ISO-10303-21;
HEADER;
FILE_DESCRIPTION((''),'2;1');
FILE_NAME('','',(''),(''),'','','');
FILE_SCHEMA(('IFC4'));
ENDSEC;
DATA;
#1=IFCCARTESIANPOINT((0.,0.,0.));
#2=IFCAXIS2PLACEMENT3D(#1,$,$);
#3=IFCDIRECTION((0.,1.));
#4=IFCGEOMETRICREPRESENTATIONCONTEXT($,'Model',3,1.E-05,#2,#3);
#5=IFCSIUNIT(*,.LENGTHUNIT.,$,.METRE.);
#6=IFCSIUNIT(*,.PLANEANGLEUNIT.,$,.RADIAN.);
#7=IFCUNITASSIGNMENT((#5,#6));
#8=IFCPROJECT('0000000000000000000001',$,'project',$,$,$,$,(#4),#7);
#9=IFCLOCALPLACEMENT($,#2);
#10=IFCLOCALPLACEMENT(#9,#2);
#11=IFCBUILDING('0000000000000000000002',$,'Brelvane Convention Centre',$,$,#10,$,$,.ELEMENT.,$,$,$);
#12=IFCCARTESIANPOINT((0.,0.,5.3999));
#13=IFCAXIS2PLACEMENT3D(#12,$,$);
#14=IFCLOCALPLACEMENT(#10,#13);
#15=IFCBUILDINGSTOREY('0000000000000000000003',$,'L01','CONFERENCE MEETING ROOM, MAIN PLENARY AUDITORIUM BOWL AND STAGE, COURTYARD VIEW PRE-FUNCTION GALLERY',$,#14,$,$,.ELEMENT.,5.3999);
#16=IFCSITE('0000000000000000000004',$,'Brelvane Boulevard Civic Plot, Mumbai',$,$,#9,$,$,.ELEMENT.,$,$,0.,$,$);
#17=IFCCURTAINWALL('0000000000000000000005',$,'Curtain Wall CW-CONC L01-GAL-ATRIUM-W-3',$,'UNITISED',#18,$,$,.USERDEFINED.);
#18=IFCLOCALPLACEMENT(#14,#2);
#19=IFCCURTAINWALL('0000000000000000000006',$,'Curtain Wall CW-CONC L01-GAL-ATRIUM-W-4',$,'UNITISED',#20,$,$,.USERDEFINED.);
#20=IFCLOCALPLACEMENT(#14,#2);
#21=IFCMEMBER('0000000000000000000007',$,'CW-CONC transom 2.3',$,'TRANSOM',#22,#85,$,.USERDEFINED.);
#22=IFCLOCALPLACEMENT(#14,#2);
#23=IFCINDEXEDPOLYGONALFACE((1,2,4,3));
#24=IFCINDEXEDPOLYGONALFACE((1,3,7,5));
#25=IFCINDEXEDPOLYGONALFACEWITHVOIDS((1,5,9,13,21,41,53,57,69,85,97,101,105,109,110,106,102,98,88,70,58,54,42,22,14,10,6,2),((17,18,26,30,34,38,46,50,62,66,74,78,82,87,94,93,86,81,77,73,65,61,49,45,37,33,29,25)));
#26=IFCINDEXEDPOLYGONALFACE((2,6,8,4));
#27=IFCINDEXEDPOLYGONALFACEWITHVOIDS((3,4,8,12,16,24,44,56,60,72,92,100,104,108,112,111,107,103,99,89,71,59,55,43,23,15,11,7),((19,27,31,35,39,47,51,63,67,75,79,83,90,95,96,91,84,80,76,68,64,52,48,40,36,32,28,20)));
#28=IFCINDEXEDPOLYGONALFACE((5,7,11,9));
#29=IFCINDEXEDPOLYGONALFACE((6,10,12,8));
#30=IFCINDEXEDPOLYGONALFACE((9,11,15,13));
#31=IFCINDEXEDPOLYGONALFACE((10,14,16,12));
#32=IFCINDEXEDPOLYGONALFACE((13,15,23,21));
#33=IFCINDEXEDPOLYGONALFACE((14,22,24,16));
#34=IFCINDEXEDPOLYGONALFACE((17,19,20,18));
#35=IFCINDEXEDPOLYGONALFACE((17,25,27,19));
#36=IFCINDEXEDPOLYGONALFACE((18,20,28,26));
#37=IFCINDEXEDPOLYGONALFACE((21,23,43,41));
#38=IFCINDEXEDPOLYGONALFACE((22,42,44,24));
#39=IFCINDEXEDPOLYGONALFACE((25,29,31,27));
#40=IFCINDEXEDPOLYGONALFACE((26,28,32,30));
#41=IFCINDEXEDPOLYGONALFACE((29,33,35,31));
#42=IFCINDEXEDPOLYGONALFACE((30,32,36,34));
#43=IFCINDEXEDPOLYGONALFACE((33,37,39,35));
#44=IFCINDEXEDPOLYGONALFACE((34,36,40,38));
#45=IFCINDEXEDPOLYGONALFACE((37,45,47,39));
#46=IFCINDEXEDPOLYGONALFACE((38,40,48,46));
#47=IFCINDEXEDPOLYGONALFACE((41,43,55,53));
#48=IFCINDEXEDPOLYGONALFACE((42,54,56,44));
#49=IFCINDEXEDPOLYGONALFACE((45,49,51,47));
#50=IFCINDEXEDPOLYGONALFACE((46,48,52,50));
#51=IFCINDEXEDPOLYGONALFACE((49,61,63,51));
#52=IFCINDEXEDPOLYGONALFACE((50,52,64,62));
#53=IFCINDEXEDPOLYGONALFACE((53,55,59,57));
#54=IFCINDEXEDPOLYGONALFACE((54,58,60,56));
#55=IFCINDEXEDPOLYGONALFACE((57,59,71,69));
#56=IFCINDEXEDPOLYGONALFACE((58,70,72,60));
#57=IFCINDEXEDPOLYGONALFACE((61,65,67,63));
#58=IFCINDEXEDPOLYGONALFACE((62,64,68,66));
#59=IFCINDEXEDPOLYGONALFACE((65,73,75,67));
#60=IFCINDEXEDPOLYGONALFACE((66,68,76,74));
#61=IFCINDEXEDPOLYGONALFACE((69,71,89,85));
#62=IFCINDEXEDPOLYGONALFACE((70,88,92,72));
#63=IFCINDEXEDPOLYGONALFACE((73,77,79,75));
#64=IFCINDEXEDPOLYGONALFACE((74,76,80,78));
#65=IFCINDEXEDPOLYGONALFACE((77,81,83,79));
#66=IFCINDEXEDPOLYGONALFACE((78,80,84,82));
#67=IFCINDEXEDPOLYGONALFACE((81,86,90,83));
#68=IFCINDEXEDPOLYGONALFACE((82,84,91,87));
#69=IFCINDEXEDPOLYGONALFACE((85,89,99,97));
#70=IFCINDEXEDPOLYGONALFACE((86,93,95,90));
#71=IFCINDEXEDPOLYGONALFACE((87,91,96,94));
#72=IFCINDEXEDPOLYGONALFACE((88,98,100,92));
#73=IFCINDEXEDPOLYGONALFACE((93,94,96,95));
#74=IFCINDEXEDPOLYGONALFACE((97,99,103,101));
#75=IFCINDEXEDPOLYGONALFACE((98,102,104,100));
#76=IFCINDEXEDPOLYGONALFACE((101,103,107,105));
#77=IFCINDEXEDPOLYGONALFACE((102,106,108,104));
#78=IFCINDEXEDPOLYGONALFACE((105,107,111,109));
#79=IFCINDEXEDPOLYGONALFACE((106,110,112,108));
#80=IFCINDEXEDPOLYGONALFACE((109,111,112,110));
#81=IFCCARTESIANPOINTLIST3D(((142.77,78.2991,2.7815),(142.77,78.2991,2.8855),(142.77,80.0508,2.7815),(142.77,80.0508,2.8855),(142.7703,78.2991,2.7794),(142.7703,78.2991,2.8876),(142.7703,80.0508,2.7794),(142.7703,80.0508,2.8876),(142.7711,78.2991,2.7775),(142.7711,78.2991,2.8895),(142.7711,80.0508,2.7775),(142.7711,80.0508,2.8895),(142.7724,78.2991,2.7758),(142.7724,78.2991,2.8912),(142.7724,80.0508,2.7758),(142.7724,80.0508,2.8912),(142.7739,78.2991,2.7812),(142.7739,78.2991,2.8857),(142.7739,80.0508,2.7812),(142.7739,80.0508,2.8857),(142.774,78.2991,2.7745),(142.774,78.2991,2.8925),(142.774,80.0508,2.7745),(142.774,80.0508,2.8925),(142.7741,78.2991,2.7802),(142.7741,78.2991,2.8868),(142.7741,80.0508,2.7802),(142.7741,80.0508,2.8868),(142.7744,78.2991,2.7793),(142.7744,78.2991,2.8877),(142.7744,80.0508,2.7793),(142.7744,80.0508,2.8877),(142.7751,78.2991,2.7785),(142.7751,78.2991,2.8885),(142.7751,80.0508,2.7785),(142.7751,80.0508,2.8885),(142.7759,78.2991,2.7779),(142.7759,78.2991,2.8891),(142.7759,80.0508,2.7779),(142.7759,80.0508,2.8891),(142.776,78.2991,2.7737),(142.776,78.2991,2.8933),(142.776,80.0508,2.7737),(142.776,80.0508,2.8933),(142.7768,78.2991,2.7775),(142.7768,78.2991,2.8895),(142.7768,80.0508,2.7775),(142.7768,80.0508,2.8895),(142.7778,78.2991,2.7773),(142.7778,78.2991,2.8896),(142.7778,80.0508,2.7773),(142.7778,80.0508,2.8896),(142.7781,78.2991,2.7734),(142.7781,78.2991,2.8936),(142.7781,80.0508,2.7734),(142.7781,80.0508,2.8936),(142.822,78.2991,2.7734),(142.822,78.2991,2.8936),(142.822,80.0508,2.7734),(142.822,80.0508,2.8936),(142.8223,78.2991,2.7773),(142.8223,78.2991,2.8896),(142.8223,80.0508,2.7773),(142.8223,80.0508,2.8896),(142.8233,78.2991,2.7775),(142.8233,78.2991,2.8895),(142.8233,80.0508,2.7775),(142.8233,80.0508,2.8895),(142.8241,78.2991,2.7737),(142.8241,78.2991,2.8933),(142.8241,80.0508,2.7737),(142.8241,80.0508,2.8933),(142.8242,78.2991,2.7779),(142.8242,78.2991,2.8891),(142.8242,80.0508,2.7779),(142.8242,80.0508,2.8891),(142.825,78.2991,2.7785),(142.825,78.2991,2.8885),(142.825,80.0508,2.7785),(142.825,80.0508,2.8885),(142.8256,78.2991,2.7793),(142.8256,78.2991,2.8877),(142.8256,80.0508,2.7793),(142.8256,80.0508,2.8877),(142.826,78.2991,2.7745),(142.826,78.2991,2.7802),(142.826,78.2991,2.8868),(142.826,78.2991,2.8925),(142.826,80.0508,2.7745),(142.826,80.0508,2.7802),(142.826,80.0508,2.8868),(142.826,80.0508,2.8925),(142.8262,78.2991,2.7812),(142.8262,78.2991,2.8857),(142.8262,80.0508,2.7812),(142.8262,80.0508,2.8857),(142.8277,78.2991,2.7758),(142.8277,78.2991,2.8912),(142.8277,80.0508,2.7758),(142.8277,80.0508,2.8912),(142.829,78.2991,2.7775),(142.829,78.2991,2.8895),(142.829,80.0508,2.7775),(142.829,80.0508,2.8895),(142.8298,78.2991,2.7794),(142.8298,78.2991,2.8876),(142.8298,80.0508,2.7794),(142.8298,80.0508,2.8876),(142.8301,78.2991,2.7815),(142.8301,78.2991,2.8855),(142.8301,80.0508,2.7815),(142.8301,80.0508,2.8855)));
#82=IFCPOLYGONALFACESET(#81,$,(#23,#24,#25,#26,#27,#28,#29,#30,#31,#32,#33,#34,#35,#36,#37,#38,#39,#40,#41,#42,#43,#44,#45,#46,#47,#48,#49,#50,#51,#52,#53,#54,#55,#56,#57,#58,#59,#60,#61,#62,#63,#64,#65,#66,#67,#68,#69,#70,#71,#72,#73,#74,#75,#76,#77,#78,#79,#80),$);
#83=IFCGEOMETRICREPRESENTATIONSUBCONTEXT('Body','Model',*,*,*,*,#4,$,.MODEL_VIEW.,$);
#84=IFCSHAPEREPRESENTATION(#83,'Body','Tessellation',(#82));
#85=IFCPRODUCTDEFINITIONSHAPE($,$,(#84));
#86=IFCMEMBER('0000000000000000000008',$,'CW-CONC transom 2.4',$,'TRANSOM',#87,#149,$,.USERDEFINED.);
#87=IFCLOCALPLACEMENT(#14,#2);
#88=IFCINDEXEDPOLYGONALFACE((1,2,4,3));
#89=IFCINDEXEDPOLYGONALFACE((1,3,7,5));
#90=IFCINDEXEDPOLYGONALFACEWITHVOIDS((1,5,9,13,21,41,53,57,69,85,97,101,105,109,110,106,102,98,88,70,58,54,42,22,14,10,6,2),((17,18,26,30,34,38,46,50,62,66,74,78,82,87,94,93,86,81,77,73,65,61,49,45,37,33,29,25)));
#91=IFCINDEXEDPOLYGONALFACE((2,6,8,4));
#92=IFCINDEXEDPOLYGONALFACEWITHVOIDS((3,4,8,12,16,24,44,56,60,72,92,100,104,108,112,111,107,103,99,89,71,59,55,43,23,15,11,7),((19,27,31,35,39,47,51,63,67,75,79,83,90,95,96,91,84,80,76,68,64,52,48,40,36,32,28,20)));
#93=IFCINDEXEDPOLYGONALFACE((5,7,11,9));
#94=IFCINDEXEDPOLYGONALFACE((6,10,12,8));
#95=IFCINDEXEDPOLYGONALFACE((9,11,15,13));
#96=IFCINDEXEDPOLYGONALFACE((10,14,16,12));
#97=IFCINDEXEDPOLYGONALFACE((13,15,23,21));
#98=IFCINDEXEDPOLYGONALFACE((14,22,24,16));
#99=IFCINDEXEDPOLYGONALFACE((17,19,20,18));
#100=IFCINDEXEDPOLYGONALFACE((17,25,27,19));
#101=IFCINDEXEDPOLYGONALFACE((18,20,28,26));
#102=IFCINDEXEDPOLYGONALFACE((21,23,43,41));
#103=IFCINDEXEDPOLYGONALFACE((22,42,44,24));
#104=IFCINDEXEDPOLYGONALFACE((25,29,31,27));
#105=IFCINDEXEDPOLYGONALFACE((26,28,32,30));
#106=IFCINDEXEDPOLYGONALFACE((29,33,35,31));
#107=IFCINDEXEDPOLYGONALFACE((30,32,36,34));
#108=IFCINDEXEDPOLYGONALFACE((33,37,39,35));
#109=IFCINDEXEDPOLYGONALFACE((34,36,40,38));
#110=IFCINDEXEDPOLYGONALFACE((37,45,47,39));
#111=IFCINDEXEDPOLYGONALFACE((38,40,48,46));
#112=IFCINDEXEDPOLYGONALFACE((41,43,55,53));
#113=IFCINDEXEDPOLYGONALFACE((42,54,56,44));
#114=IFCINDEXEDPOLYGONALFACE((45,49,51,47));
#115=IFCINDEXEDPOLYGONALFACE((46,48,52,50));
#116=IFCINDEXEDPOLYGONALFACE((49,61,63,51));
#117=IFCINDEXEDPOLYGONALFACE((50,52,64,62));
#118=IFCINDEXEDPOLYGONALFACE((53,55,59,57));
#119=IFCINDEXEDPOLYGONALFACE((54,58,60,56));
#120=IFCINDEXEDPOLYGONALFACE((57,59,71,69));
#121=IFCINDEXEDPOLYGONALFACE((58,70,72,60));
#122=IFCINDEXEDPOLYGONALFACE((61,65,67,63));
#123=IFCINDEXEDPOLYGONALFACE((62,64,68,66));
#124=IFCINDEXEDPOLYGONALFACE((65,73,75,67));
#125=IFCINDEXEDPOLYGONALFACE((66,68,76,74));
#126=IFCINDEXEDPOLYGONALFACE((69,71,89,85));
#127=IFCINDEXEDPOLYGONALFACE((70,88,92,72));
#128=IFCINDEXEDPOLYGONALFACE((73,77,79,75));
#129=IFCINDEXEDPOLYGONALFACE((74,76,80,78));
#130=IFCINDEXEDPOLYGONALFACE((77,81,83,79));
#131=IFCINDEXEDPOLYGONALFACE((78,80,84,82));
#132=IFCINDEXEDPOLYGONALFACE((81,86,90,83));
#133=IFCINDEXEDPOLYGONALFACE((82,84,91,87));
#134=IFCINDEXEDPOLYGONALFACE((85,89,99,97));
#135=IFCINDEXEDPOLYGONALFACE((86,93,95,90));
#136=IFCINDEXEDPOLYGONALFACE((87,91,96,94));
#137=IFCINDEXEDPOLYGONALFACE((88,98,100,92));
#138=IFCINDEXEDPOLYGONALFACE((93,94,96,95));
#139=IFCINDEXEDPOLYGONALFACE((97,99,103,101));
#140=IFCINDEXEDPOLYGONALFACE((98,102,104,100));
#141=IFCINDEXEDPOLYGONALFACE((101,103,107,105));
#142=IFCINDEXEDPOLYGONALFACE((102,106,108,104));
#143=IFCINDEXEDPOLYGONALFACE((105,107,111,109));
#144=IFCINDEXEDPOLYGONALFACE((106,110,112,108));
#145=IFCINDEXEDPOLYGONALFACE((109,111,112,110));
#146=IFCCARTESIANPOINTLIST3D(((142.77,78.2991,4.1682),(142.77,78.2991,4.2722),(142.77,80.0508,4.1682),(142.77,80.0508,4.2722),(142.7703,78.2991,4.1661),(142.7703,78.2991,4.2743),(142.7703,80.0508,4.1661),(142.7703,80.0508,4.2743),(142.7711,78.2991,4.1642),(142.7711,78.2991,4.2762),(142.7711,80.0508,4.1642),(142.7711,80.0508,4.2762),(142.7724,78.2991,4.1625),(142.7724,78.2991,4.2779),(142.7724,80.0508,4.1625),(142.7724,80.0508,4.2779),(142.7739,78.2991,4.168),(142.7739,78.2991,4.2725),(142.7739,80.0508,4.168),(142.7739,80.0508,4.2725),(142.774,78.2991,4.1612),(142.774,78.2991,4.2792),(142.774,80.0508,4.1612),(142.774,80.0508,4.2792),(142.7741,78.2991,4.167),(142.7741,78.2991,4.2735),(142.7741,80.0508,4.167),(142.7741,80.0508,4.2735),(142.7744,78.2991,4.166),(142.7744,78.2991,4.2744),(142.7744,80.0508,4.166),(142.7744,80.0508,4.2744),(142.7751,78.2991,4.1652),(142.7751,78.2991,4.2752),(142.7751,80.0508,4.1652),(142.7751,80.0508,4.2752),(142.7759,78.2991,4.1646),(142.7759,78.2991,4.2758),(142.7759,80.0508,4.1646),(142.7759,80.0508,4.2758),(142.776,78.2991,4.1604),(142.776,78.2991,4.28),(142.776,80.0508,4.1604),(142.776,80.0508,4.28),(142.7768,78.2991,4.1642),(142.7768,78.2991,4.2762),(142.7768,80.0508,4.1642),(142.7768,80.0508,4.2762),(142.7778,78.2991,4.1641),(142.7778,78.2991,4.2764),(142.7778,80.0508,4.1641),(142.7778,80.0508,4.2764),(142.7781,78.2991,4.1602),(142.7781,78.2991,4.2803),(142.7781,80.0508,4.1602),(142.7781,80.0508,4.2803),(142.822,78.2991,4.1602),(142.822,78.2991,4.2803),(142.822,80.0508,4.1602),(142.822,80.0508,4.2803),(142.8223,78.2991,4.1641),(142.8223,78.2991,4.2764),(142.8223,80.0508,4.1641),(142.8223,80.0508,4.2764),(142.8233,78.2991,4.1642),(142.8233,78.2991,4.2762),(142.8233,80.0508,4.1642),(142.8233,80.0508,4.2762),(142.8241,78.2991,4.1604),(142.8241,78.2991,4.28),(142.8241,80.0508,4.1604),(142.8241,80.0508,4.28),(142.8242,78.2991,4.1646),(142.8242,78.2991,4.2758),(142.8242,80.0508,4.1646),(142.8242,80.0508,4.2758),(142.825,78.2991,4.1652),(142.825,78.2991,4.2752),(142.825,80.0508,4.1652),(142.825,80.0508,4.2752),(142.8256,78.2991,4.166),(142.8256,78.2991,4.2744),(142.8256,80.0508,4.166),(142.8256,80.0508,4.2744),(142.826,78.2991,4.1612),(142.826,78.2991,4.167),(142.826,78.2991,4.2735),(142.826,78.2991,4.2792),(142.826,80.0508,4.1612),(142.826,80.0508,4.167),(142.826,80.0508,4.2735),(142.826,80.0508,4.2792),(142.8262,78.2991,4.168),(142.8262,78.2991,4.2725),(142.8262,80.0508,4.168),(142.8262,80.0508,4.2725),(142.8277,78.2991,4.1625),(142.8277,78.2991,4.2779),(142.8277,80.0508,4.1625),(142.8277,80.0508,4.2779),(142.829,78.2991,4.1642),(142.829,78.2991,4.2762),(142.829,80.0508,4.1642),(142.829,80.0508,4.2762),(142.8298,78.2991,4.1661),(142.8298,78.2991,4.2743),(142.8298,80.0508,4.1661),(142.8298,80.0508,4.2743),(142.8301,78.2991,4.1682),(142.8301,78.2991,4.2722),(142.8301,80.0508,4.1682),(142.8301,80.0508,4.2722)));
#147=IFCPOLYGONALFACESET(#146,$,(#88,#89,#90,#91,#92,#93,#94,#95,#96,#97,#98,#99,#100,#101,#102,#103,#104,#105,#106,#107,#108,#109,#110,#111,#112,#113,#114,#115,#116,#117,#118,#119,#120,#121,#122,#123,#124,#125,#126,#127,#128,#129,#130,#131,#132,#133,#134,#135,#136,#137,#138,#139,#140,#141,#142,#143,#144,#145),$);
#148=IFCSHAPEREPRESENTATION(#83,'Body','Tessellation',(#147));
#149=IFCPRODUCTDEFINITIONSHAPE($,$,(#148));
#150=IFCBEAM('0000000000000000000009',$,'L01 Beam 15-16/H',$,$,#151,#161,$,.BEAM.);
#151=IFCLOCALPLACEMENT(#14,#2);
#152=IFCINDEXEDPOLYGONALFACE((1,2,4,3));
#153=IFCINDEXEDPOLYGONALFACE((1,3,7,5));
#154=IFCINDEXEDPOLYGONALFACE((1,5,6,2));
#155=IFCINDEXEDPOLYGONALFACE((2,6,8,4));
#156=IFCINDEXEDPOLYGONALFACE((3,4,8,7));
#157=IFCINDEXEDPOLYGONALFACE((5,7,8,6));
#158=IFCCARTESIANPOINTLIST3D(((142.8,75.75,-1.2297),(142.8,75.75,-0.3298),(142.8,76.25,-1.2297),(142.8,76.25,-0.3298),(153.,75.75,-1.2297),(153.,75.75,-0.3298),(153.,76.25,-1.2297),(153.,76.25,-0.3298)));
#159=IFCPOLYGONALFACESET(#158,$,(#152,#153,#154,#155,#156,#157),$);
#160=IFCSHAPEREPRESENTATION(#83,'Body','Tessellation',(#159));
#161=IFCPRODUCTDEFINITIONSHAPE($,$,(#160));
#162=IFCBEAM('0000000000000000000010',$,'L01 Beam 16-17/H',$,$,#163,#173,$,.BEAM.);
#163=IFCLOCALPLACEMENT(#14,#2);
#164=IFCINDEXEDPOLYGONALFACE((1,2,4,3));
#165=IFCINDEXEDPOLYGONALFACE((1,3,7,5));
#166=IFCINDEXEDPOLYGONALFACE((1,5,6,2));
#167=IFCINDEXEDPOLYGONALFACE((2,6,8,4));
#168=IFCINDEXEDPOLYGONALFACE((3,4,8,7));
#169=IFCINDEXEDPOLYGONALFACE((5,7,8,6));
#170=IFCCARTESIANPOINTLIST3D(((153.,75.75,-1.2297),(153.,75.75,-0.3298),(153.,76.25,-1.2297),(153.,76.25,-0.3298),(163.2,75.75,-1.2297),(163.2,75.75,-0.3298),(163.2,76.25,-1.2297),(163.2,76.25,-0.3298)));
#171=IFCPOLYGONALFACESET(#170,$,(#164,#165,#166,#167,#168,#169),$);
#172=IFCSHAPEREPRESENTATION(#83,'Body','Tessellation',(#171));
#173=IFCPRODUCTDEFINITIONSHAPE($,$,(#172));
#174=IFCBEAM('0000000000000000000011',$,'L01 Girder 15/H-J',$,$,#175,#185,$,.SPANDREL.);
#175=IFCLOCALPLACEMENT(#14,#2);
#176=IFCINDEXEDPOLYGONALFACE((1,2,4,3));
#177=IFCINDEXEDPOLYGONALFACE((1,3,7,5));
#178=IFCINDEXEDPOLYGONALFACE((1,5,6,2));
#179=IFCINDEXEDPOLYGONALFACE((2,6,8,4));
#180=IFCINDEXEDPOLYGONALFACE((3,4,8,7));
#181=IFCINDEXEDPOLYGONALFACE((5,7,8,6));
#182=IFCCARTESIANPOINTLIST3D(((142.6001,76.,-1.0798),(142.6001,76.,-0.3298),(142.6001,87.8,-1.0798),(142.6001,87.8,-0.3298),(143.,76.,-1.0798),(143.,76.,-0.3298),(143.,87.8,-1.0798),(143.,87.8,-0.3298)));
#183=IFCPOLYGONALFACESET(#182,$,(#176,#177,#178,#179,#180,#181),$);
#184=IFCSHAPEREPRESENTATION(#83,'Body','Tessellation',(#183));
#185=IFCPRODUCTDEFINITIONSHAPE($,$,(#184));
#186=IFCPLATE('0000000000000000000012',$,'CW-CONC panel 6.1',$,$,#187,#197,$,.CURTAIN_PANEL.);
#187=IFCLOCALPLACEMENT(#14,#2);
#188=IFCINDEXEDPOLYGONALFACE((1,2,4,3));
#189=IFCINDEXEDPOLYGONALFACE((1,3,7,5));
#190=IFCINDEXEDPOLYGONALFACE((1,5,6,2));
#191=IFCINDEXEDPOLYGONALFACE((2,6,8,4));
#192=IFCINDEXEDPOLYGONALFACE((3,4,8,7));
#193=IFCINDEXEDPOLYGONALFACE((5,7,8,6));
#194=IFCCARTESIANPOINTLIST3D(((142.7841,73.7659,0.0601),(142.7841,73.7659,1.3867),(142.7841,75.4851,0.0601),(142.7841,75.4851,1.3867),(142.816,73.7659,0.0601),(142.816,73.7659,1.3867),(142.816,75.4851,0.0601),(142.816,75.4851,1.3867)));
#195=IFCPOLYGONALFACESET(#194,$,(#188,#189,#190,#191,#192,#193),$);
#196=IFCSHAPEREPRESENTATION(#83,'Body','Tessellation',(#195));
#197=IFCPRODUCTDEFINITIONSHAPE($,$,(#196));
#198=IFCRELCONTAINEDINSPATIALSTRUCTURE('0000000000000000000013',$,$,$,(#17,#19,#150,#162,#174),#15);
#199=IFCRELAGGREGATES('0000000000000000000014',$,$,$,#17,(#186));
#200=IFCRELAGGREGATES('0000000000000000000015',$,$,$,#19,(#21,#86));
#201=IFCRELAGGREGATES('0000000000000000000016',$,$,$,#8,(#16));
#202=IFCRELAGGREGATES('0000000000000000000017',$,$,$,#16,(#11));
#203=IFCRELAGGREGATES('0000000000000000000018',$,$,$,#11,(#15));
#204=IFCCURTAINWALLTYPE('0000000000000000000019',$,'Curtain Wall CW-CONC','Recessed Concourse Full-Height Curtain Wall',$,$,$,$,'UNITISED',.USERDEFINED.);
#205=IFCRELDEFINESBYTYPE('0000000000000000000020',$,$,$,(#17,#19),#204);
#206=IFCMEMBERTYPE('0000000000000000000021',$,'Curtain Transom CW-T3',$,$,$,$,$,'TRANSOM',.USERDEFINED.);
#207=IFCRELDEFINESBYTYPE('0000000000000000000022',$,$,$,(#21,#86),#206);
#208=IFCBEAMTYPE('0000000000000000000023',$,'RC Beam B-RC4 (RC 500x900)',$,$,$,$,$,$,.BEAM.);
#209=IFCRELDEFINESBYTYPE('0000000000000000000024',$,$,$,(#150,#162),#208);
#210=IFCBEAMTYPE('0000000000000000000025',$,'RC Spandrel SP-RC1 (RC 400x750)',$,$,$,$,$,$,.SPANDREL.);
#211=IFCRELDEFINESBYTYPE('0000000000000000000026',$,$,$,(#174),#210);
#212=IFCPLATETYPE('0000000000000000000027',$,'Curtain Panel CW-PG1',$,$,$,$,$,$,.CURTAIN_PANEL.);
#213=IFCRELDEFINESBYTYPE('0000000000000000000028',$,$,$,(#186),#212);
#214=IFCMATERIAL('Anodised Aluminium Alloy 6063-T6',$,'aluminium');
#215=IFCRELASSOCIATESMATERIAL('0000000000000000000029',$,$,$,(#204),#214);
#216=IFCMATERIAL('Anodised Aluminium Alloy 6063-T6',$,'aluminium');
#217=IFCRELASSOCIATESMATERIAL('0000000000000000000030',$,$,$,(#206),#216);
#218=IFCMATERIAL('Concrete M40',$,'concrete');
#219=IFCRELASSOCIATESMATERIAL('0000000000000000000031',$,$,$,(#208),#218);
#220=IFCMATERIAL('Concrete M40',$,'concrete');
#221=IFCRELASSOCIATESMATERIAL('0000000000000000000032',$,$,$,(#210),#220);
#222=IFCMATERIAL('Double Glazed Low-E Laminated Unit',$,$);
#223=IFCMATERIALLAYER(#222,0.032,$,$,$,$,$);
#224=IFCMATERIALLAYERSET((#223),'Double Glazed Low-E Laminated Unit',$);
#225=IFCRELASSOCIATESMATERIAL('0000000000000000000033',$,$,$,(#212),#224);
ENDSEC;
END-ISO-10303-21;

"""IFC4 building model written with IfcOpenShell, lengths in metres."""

from ifc_helpers import new_model, si_unit, direction, frame, origin, origin_2d, place, context, subcontext, project, spatial, rectangle, hollow_rectangle, extrude, material, layer, layer_set, material_profile, profile_set, type_object, element, aggregate, save


model = new_model("IFC4")

# Units and contexts
model_context = context("Model", 3, precision=1e-05, world=origin(), true_north=direction((0.0, 1.0)))
body_context = subcontext(model_context, "Body", "Model", "MODEL_VIEW")
ifc_project = project(units=[si_unit("LENGTHUNIT", "METRE"), si_unit("PLANEANGLEUNIT", "RADIAN")], contexts=[model_context])

# Site, building, storey
site_placement = place(None, origin())
site = spatial("IfcSite", under=ifc_project, at=site_placement, Name="Brelvane Boulevard Civic Plot, Mumbai", CompositionType="ELEMENT", RefElevation=0.0)
building_placement = place(site_placement, origin())
building = spatial("IfcBuilding", under=site, at=building_placement, Name="Brelvane Convention Centre", CompositionType="ELEMENT")
storey_placement = place(building_placement, frame((0.0, 0.0, 5.3999)))
storey = spatial("IfcBuildingStorey", under=building, at=storey_placement, Name="L01", Description="CONFERENCE MEETING ROOM, MAIN PLENARY AUDITORIUM BOWL AND STAGE, COURTYARD VIEW PRE-FUNCTION GALLERY", CompositionType="ELEMENT", Elevation=5.3999)

# Curtain walls
ifc_material_1 = material(Name="Anodised Aluminium Alloy 6063-T6", Category="aluminium")
curtain_wall_type = type_object("IfcCurtainWallType", Name="Curtain Wall CW-CONC", Description="Recessed Concourse Full-Height Curtain Wall", ElementType="UNITISED", PredefinedType="USERDEFINED", material=ifc_material_1)
curtain_wall_1_placement = place(storey_placement, origin())
curtain_wall_1 = element("IfcCurtainWall", 1, at=curtain_wall_1_placement, inside=storey, type_object=curtain_wall_type, Name="Curtain Wall CW-CONC L01-GAL-ATRIUM-W-3", ObjectType="UNITISED", PredefinedType="USERDEFINED")
curtain_wall_2_placement = place(storey_placement, origin())
curtain_wall_2 = element("IfcCurtainWall", 2, at=curtain_wall_2_placement, inside=storey, type_object=curtain_wall_type, Name="Curtain Wall CW-CONC L01-GAL-ATRIUM-W-4", ObjectType="UNITISED", PredefinedType="USERDEFINED")

# Members
ifc_material_2 = material(Name="Anodised Aluminium Alloy 6063-T6", Category="aluminium")
ifc_material_profile_1 = material_profile(ifc_material_2, hollow_rectangle(XDim=0.0601, YDim=0.1201, WallThickness=0.0039, InnerFilletRadius=0.0039, OuterFilletRadius=0.0081, at=origin_2d()), Name="ALU-T 120x60x4.0")
ifc_profile_set_1 = profile_set([ifc_material_profile_1], Name="Anodised Aluminium Alloy 6063-T6")
member_type_1 = type_object("IfcMemberType", Name="Curtain Transom CW-T3", ElementType="TRANSOM", PredefinedType="USERDEFINED", material=ifc_profile_set_1)
member_1_placement = place(storey_placement, frame((142.8, 78.2991, 2.8335), z_axis=(0.0, 1.0, 0.0), x_axis=(-1.0, 0.0, 0.0)))
member_1 = element("IfcMember", 3, at=member_1_placement, type_object=member_type_1, Name="CW-CONC transom 2.3", ObjectType="TRANSOM", PredefinedType="USERDEFINED", context=body_context, shape_type="SweptSolid", body=[
    extrude(hollow_rectangle(XDim=0.0601, YDim=0.1201, WallThickness=0.0039, InnerFilletRadius=0.0039, OuterFilletRadius=0.0081, at=origin_2d()), origin(), (0.0, 0.0, 1.0), 1.7517),
])
member_2_placement = place(storey_placement, frame((142.8, 78.2991, 4.2202), z_axis=(0.0, 1.0, 0.0), x_axis=(-1.0, 0.0, 0.0)))
member_2 = element("IfcMember", 4, at=member_2_placement, type_object=member_type_1, Name="CW-CONC transom 2.4", ObjectType="TRANSOM", PredefinedType="USERDEFINED", context=body_context, shape_type="SweptSolid", body=[
    extrude(hollow_rectangle(XDim=0.0601, YDim=0.1201, WallThickness=0.0039, InnerFilletRadius=0.0039, OuterFilletRadius=0.0081, at=origin_2d()), origin(), (0.0, 0.0, 1.0), 1.7517),
])

# Beams
ifc_material_3 = material(Name="Concrete M40", Category="concrete")
ifc_material_profile_2 = material_profile(ifc_material_3, rectangle(XDim=0.5, YDim=0.8999, at=origin_2d()), Name="RC 500x900")
ifc_profile_set_2 = profile_set([ifc_material_profile_2], Name="Concrete M40")
beam_type_1 = type_object("IfcBeamType", Name="RC Beam B-RC4 (RC 500x900)", PredefinedType="BEAM", material=ifc_profile_set_2)
for number, where, z_axis, x_axis, name in (
    (5, (142.8, 76.0, -0.7798), (1.0, 0.0, 0.0), (0.0, 1.0, 0.0), "L01 Beam 15-16/H"),
    (6, (153.0, 76.0, -0.7798), (1.0, 0.0, 0.0), (0.0, 1.0, 0.0), "L01 Beam 16-17/H"),
):
    element("IfcBeam", number, at=place(storey_placement, frame(where, z_axis=z_axis, x_axis=x_axis)), inside=storey, type_object=beam_type_1, Name=name, PredefinedType="BEAM", context=body_context, shape_type="SweptSolid", body=[
        extrude(rectangle(XDim=0.5, YDim=0.8999, at=origin_2d()), origin(), (0.0, 0.0, 1.0), 10.2),
    ])
ifc_material_4 = material(Name="Concrete M40", Category="concrete")
ifc_material_profile_3 = material_profile(ifc_material_4, rectangle(XDim=0.3999, YDim=0.75, at=origin_2d()), Name="RC 400x750")
ifc_profile_set_3 = profile_set([ifc_material_profile_3], Name="Concrete M40")
beam_type_2 = type_object("IfcBeamType", Name="RC Spandrel SP-RC1 (RC 400x750)", PredefinedType="SPANDREL", material=ifc_profile_set_3)
beam_placement = place(storey_placement, frame((142.8, 76.0, -0.7048), z_axis=(0.0, 1.0, 0.0), x_axis=(-1.0, 0.0, 0.0)))
element("IfcBeam", 7, at=beam_placement, inside=storey, type_object=beam_type_2, Name="L01 Girder 15/H-J", PredefinedType="SPANDREL", context=body_context, shape_type="SweptSolid", body=[
    extrude(rectangle(XDim=0.3999, YDim=0.75, at=origin_2d()), origin(), (0.0, 0.0, 1.0), 11.8),
])

# Plate
ifc_material_5 = material(Name="Double Glazed Low-E Laminated Unit")
ifc_layer_1 = layer(ifc_material_5, 0.032)
ifc_layer_set_1 = layer_set([ifc_layer_1], Name="Double Glazed Low-E Laminated Unit")
plate_type = type_object("IfcPlateType", Name="Curtain Panel CW-PG1", PredefinedType="CURTAIN_PANEL", material=ifc_layer_set_1)
plate_1_placement = place(storey_placement, frame((142.8, 74.6255, 0.0601), z_axis=(0.0, 0.0, 1.0), x_axis=(0.0, 1.0, 0.0)))
plate_1 = element("IfcPlate", 8, at=plate_1_placement, type_object=plate_type, Name="CW-CONC panel 6.1", PredefinedType="CURTAIN_PANEL", context=body_context, shape_type="SweptSolid", body=[
    extrude(rectangle(XDim=1.7192, YDim=0.032, at=origin_2d()), origin(), (0.0, 0.0, 1.0), 1.3267),
])
aggregate(curtain_wall_1, [plate_1])
aggregate(curtain_wall_2, [member_1, member_2])

save(model, "model.ifc")
